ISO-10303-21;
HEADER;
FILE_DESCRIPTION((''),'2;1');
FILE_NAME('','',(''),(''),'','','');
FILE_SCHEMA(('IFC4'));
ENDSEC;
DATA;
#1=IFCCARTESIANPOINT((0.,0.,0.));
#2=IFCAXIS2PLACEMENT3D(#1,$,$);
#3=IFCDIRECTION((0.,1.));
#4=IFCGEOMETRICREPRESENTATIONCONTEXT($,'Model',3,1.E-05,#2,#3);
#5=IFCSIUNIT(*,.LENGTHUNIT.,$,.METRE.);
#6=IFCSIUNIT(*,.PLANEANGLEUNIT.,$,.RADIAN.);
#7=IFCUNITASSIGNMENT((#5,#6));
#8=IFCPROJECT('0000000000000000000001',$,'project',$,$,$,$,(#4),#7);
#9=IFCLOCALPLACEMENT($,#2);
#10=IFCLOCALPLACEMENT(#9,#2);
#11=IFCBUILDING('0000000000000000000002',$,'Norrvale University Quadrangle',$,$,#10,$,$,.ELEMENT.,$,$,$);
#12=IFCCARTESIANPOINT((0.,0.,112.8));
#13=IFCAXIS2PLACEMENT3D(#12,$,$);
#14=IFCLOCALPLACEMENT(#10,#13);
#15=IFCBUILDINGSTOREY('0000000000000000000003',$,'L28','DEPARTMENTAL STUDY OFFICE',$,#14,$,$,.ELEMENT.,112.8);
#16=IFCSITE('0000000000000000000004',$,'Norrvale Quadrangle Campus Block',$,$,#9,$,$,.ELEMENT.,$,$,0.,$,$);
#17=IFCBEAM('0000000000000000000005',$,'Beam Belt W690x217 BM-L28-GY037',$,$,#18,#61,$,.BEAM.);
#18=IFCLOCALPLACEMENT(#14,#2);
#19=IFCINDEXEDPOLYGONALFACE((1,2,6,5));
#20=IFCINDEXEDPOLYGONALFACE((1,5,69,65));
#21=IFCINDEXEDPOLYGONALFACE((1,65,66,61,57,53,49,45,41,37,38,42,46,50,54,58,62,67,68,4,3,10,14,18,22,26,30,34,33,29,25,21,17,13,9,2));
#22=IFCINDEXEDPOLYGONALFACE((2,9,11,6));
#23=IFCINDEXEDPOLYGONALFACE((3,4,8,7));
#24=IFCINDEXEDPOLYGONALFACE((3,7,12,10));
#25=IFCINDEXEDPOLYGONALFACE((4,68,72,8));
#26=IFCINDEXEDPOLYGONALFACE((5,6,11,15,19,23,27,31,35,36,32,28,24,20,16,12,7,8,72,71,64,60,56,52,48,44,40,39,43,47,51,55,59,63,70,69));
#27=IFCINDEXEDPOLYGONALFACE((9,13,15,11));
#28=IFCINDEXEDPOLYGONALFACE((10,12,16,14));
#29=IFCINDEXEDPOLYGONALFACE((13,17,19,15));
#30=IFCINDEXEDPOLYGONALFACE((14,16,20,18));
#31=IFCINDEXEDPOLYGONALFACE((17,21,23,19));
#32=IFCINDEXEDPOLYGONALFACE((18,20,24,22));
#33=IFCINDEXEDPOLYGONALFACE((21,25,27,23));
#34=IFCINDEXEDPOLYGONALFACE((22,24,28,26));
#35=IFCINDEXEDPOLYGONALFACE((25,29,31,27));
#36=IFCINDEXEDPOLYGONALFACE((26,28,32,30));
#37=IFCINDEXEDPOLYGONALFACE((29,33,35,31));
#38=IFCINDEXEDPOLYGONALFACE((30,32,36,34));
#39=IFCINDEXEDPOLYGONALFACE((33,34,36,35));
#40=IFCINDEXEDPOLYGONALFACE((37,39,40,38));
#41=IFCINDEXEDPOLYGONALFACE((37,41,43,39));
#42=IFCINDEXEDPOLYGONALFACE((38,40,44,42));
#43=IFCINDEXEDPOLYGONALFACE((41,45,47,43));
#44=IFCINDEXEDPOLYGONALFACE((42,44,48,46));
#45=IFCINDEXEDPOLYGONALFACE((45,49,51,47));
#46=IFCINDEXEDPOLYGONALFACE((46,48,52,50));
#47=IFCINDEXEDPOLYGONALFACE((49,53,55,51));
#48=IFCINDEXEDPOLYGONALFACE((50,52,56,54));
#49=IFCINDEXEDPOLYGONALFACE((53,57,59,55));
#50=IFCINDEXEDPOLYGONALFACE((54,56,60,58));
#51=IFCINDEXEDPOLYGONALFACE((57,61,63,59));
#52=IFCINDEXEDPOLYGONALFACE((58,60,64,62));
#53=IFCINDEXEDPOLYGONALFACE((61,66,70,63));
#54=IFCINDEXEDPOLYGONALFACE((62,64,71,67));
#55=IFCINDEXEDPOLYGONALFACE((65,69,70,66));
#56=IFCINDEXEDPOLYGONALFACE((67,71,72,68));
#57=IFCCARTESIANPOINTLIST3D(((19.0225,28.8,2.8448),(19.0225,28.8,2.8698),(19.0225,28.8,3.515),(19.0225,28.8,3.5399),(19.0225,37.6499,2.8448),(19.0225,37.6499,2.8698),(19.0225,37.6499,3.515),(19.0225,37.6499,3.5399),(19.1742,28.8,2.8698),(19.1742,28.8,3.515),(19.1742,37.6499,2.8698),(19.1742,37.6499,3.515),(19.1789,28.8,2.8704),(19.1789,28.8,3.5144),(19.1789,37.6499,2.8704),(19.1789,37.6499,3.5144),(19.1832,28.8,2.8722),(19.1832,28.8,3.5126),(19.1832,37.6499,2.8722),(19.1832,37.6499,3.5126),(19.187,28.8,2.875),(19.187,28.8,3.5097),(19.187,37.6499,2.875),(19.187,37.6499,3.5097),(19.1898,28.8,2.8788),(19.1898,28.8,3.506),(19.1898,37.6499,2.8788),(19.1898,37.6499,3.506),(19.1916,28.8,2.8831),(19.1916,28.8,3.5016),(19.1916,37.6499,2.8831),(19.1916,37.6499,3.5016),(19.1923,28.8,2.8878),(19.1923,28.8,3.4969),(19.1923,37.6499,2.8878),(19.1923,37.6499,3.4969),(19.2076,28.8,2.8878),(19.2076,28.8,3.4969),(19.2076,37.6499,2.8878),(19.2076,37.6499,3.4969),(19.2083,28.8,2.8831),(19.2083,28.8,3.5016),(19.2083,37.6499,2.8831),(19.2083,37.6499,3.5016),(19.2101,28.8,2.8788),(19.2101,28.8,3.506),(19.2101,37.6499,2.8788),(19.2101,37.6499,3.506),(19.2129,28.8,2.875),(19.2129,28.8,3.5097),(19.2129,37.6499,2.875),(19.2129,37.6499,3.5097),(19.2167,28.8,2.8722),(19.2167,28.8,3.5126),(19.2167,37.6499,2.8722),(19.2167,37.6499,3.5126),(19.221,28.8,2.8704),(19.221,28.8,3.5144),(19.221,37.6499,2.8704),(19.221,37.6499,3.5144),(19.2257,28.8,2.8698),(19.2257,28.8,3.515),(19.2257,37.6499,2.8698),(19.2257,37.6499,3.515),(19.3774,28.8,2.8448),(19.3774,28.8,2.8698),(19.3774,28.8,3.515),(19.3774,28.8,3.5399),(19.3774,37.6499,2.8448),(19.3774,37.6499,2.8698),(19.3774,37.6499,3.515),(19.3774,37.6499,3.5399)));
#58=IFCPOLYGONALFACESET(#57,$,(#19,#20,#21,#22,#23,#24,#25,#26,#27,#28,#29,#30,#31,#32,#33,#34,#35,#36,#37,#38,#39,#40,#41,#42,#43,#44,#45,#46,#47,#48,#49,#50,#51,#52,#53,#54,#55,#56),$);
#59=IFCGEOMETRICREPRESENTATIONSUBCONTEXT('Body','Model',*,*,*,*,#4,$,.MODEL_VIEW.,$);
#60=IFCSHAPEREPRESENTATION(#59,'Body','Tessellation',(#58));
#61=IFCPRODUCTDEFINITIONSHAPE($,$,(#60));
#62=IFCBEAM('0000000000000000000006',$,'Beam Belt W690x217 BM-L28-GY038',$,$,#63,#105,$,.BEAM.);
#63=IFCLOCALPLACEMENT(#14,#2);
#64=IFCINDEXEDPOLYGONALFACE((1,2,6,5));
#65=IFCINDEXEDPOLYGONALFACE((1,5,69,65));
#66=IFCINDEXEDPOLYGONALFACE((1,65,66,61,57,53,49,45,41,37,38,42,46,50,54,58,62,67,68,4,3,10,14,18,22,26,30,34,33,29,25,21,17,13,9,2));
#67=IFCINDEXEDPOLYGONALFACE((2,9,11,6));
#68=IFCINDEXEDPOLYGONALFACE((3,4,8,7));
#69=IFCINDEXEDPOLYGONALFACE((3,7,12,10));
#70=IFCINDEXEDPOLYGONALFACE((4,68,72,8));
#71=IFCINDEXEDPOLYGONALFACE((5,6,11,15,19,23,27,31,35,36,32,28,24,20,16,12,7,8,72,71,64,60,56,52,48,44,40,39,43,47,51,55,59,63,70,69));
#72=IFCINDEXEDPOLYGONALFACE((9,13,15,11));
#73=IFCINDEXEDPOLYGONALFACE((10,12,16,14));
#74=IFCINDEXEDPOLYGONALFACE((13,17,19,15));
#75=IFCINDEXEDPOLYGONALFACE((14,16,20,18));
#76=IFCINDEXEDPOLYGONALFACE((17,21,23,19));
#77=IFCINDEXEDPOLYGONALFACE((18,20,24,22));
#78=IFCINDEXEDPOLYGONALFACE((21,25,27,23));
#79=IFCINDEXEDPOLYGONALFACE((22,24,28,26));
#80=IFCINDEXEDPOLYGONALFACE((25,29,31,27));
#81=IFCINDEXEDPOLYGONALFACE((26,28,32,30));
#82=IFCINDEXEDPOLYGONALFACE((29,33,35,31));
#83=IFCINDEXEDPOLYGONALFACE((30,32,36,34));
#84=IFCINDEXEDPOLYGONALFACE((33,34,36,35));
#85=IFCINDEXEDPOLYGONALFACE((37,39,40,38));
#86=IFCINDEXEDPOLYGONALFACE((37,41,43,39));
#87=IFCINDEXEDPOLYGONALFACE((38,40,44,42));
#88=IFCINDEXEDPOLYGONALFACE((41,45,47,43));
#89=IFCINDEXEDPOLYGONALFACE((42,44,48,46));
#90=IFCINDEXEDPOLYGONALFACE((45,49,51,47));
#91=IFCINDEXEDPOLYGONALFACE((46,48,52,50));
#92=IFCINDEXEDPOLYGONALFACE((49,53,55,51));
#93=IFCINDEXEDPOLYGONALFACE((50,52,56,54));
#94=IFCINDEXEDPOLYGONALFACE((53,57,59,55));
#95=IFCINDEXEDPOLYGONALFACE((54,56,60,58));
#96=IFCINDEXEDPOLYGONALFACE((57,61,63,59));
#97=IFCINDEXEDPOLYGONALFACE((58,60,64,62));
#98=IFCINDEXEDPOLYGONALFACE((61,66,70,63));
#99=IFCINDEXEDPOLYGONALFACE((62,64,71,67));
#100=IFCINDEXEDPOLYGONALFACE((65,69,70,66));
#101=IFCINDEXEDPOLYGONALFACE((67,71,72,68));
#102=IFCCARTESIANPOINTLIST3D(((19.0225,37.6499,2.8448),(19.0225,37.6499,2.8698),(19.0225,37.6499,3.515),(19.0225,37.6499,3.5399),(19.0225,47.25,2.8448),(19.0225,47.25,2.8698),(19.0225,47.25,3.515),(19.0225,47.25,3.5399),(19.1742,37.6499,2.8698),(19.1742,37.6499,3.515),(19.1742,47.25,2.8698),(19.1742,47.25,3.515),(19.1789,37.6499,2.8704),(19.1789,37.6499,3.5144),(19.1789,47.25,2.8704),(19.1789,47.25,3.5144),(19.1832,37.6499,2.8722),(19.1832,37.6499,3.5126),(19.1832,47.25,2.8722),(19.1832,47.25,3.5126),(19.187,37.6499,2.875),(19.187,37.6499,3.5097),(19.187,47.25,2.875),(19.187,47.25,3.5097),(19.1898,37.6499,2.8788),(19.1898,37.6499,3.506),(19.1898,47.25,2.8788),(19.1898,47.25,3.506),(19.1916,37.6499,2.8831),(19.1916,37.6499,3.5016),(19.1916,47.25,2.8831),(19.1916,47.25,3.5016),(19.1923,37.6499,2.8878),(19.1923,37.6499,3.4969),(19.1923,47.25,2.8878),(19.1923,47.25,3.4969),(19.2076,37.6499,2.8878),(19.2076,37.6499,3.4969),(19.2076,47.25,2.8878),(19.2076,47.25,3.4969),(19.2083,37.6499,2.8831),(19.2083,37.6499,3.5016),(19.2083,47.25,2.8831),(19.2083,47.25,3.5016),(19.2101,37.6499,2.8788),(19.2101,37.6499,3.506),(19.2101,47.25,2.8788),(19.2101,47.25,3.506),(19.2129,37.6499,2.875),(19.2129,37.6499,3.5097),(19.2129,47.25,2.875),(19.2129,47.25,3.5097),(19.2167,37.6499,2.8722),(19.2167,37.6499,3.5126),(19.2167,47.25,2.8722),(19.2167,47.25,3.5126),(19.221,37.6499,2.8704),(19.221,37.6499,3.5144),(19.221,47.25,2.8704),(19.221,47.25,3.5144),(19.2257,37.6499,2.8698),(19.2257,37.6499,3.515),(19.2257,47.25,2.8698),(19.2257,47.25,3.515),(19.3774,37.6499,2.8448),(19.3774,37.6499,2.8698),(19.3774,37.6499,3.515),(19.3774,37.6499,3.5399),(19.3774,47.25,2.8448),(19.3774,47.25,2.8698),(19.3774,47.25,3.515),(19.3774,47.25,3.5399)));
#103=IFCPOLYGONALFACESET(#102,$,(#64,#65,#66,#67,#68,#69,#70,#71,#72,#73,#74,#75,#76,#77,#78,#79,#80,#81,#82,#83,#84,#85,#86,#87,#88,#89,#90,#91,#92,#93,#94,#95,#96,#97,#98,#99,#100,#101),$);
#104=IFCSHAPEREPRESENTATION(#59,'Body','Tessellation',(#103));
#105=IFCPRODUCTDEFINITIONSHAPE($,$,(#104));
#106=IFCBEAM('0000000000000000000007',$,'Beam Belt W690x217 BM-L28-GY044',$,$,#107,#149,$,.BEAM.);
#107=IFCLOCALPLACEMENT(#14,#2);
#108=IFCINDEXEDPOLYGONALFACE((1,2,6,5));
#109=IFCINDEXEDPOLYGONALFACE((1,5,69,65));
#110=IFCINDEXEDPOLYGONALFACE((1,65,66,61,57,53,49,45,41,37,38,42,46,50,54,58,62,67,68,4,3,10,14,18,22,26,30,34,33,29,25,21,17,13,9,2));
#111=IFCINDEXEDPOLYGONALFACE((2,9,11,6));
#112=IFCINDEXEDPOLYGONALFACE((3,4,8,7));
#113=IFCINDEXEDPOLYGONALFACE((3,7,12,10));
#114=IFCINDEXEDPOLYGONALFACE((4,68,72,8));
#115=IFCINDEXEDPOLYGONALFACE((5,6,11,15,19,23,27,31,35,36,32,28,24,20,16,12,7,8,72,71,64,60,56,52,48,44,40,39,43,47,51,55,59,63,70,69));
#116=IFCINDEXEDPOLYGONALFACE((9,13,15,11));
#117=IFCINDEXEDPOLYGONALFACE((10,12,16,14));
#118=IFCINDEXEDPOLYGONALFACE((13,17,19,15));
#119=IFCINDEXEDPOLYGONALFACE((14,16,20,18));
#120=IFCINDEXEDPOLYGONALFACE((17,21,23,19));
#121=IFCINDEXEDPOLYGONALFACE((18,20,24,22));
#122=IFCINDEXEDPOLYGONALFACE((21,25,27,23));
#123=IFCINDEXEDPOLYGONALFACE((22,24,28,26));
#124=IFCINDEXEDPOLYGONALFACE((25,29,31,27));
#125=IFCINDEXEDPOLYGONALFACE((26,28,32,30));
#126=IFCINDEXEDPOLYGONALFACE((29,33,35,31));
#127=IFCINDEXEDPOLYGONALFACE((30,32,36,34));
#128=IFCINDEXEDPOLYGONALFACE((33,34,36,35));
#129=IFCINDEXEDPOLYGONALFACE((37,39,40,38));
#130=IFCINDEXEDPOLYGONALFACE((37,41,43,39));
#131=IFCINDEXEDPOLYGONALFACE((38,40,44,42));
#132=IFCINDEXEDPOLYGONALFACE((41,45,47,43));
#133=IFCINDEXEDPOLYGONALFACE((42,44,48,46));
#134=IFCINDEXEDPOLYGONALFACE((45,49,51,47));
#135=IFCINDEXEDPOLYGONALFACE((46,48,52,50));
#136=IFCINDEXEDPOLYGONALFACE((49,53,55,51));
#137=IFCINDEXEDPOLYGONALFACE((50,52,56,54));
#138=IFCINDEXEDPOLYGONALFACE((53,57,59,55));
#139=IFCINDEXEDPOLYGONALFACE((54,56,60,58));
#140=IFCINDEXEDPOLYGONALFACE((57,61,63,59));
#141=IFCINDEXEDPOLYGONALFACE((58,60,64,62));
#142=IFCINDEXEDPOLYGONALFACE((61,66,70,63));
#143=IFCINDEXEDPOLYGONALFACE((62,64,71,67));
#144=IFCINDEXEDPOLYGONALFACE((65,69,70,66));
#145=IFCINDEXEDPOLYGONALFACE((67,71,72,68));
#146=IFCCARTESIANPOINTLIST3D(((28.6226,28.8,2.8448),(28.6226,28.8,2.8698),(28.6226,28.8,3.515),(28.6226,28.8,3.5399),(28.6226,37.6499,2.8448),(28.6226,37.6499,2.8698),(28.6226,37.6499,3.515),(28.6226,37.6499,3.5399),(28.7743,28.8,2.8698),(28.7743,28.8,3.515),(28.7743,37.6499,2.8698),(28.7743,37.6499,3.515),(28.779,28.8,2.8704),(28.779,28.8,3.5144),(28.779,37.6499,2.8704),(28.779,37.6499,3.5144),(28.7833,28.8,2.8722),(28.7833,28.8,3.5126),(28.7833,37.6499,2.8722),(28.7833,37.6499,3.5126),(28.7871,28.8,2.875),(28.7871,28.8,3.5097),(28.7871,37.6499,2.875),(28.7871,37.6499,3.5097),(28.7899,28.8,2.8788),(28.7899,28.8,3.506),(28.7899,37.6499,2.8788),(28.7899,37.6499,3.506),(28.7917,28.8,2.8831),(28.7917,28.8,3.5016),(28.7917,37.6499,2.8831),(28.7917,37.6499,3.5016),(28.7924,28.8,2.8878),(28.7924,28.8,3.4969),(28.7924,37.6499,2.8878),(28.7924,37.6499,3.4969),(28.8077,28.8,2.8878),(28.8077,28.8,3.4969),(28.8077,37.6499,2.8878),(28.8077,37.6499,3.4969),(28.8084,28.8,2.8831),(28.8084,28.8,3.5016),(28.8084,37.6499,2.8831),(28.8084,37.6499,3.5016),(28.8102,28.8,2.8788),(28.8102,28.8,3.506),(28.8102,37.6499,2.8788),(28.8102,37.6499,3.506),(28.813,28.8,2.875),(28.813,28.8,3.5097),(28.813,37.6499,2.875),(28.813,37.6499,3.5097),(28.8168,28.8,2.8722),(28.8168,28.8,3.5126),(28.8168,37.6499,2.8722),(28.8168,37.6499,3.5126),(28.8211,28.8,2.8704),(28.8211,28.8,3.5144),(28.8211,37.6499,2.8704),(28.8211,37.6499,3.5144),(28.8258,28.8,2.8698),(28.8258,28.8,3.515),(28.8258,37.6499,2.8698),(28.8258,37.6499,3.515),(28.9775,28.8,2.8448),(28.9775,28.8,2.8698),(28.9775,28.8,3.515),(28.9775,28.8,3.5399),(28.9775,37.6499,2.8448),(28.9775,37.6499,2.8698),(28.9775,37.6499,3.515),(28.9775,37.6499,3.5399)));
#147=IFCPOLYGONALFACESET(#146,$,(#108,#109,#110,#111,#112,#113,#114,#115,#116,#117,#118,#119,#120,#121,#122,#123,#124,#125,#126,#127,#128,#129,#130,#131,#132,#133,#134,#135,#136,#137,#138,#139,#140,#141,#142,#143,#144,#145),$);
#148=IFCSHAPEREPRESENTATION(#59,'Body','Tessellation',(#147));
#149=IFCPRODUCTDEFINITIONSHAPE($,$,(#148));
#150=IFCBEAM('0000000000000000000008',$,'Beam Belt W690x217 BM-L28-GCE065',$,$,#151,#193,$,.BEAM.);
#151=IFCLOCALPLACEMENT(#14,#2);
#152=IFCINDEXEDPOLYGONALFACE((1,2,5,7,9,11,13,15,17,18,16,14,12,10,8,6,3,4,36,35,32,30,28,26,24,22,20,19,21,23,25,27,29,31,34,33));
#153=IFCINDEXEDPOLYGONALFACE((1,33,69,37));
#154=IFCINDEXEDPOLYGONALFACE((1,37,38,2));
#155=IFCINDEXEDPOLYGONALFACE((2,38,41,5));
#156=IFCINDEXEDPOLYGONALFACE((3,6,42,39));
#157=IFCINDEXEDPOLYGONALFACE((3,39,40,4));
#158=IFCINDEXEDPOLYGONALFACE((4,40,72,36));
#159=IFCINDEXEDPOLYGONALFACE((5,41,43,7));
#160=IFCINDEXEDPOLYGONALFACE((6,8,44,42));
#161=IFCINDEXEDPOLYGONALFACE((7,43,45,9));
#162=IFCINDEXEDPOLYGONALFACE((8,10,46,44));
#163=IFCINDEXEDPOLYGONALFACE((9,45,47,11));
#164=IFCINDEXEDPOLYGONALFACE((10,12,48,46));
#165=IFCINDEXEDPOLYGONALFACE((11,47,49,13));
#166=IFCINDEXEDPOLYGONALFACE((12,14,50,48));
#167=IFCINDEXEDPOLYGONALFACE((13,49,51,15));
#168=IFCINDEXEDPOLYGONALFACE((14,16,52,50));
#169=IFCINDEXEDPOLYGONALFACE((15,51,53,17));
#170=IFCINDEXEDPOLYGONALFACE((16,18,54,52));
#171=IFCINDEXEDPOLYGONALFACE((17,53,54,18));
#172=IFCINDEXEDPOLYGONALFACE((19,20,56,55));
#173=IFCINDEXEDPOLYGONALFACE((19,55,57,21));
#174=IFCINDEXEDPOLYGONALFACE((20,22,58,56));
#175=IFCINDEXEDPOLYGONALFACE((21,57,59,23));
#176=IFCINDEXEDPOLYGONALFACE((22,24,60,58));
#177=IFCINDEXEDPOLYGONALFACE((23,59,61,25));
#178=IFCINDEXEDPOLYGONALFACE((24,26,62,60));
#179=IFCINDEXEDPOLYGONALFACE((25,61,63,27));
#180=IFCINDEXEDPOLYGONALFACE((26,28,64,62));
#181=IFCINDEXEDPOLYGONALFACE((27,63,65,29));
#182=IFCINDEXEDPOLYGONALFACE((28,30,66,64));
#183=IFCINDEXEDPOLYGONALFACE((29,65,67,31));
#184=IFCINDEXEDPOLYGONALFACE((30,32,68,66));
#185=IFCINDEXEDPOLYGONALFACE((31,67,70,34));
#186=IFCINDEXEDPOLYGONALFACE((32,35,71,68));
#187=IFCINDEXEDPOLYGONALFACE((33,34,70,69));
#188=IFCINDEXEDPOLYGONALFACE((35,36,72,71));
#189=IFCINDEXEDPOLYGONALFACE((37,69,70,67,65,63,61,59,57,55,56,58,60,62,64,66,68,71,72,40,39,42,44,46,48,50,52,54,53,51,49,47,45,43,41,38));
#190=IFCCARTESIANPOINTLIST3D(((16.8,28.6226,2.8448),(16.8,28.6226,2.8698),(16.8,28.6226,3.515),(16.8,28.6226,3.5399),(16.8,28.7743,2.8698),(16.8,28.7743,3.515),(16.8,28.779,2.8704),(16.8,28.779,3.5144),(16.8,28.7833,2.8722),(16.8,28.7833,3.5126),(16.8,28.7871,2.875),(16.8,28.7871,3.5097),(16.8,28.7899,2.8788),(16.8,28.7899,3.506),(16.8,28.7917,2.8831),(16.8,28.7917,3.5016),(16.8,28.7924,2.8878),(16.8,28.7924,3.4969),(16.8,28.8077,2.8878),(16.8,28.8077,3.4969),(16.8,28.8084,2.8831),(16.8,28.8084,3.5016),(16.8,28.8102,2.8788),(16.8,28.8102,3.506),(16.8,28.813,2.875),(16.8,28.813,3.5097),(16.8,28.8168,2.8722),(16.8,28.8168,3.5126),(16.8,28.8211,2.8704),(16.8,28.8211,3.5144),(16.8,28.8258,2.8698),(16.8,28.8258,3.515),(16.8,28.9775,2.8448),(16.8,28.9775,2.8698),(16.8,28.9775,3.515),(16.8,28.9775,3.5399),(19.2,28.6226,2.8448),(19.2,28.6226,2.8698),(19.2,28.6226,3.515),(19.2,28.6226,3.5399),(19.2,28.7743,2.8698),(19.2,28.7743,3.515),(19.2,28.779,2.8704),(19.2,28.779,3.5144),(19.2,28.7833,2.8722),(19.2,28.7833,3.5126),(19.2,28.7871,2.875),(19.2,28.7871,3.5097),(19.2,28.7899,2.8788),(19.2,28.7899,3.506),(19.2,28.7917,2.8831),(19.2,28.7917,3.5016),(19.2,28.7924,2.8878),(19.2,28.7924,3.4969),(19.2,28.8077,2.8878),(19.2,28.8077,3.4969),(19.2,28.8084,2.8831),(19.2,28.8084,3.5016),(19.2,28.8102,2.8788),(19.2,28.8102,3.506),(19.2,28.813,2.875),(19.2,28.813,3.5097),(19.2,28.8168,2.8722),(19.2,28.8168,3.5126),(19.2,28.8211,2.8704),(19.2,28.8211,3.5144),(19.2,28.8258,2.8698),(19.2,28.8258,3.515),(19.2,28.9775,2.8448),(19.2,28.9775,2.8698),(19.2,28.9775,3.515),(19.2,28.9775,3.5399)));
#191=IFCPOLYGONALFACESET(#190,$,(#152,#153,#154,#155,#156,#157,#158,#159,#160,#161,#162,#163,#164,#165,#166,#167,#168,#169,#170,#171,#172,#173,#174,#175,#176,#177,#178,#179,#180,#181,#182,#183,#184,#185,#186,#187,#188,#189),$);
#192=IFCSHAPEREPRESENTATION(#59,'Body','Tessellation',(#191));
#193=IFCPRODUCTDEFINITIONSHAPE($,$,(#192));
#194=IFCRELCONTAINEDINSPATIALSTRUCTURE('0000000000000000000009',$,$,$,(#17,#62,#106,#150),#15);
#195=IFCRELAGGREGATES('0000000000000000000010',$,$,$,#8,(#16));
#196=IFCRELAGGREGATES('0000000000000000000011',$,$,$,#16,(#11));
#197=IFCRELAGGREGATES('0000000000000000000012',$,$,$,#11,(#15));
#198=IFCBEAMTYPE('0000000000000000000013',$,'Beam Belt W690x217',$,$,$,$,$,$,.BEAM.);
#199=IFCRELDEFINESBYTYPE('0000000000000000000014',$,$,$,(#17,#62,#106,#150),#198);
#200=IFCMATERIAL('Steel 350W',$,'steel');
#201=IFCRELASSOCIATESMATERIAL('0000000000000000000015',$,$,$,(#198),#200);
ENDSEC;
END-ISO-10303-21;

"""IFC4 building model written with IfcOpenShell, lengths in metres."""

from ifc_helpers import new_model, si_unit, direction, frame, origin, origin_2d, place, context, subcontext, project, spatial, i_section, extrude, material, material_profile, profile_set, type_object, element, save


model = new_model("IFC4")

# Units and contexts
model_context = context("Model", 3, precision=1e-05, world=origin(), true_north=direction((0.0, 1.0)))
body_context = subcontext(model_context, "Body", "Model", "MODEL_VIEW")
ifc_project = project(units=[si_unit("LENGTHUNIT", "METRE"), si_unit("PLANEANGLEUNIT", "RADIAN")], contexts=[model_context])

# Site, building, storey
site_placement = place(None, origin())
site = spatial("IfcSite", under=ifc_project, at=site_placement, Name="Norrvale Quadrangle Campus Block", CompositionType="ELEMENT", RefElevation=0.0)
building_placement = place(site_placement, origin())
building = spatial("IfcBuilding", under=site, at=building_placement, Name="Norrvale University Quadrangle", CompositionType="ELEMENT")
storey_placement = place(building_placement, frame((0.0, 0.0, 112.8)))
storey = spatial("IfcBuildingStorey", under=building, at=storey_placement, Name="L28", Description="DEPARTMENTAL STUDY OFFICE", CompositionType="ELEMENT", Elevation=112.8)

# Beams
ifc_material_1 = material(Name="Steel 350W", Category="steel")
ifc_material_profile_1 = material_profile(ifc_material_1, i_section(OverallWidth=0.355, OverallDepth=0.6951, WebThickness=0.0154, FlangeThickness=0.0249, FilletRadius=0.0181, at=origin_2d()), Name="Steel 350W")
ifc_profile_set_1 = profile_set([ifc_material_profile_1], Name="Steel 350W")
beam_type_1 = type_object("IfcBeamType", Name="Beam Belt W690x217", PredefinedType="BEAM", material=ifc_profile_set_1)
beam_1_placement = place(storey_placement, frame((19.2, 28.8, 3.1924), z_axis=(0.0, 1.0, 0.0), x_axis=(-1.0, 0.0, 0.0)))
element("IfcBeam", 1, at=beam_1_placement, inside=storey, type_object=beam_type_1, Name="Beam Belt W690x217 BM-L28-GY037", PredefinedType="BEAM", context=body_context, shape_type="SweptSolid", body=[
    extrude(i_section(OverallWidth=0.355, OverallDepth=0.6951, WebThickness=0.0154, FlangeThickness=0.0249, FilletRadius=0.0181, at=origin_2d()), origin(), (0.0, 0.0, 1.0), 8.8499),
])
beam_2_placement = place(storey_placement, frame((19.2, 37.6499, 3.1924), z_axis=(0.0, 1.0, 0.0), x_axis=(-1.0, 0.0, 0.0)))
element("IfcBeam", 2, at=beam_2_placement, inside=storey, type_object=beam_type_1, Name="Beam Belt W690x217 BM-L28-GY038", PredefinedType="BEAM", context=body_context, shape_type="SweptSolid", body=[
    extrude(i_section(OverallWidth=0.355, OverallDepth=0.6951, WebThickness=0.0154, FlangeThickness=0.0249, FilletRadius=0.0181, at=origin_2d()), origin(), (0.0, 0.0, 1.0), 9.6001),
])
beam_3_placement = place(storey_placement, frame((28.8, 28.8, 3.1924), z_axis=(0.0, 1.0, 0.0), x_axis=(-1.0, 0.0, 0.0)))
element("IfcBeam", 3, at=beam_3_placement, inside=storey, type_object=beam_type_1, Name="Beam Belt W690x217 BM-L28-GY044", PredefinedType="BEAM", context=body_context, shape_type="SweptSolid", body=[
    extrude(i_section(OverallWidth=0.355, OverallDepth=0.6951, WebThickness=0.0154, FlangeThickness=0.0249, FilletRadius=0.0181, at=origin_2d()), origin(), (0.0, 0.0, 1.0), 8.8499),
])
for number, where, z_axis, x_axis, name in (
    (4, (16.8, 28.8, 3.1924), (1.0, 0.0, 0.0), (0.0, 1.0, 0.0), "Beam Belt W690x217 BM-L28-GCE065"),
):
    element("IfcBeam", number, at=place(storey_placement, frame(where, z_axis=z_axis, x_axis=x_axis)), inside=storey, type_object=beam_type_1, Name=name, PredefinedType="BEAM", context=body_context, shape_type="SweptSolid", body=[
        extrude(i_section(OverallWidth=0.355, OverallDepth=0.6951, WebThickness=0.0154, FlangeThickness=0.0249, FilletRadius=0.0181, at=origin_2d()), origin(), (0.0, 0.0, 1.0), 2.3999),
    ])

save(model, "model.ifc")
